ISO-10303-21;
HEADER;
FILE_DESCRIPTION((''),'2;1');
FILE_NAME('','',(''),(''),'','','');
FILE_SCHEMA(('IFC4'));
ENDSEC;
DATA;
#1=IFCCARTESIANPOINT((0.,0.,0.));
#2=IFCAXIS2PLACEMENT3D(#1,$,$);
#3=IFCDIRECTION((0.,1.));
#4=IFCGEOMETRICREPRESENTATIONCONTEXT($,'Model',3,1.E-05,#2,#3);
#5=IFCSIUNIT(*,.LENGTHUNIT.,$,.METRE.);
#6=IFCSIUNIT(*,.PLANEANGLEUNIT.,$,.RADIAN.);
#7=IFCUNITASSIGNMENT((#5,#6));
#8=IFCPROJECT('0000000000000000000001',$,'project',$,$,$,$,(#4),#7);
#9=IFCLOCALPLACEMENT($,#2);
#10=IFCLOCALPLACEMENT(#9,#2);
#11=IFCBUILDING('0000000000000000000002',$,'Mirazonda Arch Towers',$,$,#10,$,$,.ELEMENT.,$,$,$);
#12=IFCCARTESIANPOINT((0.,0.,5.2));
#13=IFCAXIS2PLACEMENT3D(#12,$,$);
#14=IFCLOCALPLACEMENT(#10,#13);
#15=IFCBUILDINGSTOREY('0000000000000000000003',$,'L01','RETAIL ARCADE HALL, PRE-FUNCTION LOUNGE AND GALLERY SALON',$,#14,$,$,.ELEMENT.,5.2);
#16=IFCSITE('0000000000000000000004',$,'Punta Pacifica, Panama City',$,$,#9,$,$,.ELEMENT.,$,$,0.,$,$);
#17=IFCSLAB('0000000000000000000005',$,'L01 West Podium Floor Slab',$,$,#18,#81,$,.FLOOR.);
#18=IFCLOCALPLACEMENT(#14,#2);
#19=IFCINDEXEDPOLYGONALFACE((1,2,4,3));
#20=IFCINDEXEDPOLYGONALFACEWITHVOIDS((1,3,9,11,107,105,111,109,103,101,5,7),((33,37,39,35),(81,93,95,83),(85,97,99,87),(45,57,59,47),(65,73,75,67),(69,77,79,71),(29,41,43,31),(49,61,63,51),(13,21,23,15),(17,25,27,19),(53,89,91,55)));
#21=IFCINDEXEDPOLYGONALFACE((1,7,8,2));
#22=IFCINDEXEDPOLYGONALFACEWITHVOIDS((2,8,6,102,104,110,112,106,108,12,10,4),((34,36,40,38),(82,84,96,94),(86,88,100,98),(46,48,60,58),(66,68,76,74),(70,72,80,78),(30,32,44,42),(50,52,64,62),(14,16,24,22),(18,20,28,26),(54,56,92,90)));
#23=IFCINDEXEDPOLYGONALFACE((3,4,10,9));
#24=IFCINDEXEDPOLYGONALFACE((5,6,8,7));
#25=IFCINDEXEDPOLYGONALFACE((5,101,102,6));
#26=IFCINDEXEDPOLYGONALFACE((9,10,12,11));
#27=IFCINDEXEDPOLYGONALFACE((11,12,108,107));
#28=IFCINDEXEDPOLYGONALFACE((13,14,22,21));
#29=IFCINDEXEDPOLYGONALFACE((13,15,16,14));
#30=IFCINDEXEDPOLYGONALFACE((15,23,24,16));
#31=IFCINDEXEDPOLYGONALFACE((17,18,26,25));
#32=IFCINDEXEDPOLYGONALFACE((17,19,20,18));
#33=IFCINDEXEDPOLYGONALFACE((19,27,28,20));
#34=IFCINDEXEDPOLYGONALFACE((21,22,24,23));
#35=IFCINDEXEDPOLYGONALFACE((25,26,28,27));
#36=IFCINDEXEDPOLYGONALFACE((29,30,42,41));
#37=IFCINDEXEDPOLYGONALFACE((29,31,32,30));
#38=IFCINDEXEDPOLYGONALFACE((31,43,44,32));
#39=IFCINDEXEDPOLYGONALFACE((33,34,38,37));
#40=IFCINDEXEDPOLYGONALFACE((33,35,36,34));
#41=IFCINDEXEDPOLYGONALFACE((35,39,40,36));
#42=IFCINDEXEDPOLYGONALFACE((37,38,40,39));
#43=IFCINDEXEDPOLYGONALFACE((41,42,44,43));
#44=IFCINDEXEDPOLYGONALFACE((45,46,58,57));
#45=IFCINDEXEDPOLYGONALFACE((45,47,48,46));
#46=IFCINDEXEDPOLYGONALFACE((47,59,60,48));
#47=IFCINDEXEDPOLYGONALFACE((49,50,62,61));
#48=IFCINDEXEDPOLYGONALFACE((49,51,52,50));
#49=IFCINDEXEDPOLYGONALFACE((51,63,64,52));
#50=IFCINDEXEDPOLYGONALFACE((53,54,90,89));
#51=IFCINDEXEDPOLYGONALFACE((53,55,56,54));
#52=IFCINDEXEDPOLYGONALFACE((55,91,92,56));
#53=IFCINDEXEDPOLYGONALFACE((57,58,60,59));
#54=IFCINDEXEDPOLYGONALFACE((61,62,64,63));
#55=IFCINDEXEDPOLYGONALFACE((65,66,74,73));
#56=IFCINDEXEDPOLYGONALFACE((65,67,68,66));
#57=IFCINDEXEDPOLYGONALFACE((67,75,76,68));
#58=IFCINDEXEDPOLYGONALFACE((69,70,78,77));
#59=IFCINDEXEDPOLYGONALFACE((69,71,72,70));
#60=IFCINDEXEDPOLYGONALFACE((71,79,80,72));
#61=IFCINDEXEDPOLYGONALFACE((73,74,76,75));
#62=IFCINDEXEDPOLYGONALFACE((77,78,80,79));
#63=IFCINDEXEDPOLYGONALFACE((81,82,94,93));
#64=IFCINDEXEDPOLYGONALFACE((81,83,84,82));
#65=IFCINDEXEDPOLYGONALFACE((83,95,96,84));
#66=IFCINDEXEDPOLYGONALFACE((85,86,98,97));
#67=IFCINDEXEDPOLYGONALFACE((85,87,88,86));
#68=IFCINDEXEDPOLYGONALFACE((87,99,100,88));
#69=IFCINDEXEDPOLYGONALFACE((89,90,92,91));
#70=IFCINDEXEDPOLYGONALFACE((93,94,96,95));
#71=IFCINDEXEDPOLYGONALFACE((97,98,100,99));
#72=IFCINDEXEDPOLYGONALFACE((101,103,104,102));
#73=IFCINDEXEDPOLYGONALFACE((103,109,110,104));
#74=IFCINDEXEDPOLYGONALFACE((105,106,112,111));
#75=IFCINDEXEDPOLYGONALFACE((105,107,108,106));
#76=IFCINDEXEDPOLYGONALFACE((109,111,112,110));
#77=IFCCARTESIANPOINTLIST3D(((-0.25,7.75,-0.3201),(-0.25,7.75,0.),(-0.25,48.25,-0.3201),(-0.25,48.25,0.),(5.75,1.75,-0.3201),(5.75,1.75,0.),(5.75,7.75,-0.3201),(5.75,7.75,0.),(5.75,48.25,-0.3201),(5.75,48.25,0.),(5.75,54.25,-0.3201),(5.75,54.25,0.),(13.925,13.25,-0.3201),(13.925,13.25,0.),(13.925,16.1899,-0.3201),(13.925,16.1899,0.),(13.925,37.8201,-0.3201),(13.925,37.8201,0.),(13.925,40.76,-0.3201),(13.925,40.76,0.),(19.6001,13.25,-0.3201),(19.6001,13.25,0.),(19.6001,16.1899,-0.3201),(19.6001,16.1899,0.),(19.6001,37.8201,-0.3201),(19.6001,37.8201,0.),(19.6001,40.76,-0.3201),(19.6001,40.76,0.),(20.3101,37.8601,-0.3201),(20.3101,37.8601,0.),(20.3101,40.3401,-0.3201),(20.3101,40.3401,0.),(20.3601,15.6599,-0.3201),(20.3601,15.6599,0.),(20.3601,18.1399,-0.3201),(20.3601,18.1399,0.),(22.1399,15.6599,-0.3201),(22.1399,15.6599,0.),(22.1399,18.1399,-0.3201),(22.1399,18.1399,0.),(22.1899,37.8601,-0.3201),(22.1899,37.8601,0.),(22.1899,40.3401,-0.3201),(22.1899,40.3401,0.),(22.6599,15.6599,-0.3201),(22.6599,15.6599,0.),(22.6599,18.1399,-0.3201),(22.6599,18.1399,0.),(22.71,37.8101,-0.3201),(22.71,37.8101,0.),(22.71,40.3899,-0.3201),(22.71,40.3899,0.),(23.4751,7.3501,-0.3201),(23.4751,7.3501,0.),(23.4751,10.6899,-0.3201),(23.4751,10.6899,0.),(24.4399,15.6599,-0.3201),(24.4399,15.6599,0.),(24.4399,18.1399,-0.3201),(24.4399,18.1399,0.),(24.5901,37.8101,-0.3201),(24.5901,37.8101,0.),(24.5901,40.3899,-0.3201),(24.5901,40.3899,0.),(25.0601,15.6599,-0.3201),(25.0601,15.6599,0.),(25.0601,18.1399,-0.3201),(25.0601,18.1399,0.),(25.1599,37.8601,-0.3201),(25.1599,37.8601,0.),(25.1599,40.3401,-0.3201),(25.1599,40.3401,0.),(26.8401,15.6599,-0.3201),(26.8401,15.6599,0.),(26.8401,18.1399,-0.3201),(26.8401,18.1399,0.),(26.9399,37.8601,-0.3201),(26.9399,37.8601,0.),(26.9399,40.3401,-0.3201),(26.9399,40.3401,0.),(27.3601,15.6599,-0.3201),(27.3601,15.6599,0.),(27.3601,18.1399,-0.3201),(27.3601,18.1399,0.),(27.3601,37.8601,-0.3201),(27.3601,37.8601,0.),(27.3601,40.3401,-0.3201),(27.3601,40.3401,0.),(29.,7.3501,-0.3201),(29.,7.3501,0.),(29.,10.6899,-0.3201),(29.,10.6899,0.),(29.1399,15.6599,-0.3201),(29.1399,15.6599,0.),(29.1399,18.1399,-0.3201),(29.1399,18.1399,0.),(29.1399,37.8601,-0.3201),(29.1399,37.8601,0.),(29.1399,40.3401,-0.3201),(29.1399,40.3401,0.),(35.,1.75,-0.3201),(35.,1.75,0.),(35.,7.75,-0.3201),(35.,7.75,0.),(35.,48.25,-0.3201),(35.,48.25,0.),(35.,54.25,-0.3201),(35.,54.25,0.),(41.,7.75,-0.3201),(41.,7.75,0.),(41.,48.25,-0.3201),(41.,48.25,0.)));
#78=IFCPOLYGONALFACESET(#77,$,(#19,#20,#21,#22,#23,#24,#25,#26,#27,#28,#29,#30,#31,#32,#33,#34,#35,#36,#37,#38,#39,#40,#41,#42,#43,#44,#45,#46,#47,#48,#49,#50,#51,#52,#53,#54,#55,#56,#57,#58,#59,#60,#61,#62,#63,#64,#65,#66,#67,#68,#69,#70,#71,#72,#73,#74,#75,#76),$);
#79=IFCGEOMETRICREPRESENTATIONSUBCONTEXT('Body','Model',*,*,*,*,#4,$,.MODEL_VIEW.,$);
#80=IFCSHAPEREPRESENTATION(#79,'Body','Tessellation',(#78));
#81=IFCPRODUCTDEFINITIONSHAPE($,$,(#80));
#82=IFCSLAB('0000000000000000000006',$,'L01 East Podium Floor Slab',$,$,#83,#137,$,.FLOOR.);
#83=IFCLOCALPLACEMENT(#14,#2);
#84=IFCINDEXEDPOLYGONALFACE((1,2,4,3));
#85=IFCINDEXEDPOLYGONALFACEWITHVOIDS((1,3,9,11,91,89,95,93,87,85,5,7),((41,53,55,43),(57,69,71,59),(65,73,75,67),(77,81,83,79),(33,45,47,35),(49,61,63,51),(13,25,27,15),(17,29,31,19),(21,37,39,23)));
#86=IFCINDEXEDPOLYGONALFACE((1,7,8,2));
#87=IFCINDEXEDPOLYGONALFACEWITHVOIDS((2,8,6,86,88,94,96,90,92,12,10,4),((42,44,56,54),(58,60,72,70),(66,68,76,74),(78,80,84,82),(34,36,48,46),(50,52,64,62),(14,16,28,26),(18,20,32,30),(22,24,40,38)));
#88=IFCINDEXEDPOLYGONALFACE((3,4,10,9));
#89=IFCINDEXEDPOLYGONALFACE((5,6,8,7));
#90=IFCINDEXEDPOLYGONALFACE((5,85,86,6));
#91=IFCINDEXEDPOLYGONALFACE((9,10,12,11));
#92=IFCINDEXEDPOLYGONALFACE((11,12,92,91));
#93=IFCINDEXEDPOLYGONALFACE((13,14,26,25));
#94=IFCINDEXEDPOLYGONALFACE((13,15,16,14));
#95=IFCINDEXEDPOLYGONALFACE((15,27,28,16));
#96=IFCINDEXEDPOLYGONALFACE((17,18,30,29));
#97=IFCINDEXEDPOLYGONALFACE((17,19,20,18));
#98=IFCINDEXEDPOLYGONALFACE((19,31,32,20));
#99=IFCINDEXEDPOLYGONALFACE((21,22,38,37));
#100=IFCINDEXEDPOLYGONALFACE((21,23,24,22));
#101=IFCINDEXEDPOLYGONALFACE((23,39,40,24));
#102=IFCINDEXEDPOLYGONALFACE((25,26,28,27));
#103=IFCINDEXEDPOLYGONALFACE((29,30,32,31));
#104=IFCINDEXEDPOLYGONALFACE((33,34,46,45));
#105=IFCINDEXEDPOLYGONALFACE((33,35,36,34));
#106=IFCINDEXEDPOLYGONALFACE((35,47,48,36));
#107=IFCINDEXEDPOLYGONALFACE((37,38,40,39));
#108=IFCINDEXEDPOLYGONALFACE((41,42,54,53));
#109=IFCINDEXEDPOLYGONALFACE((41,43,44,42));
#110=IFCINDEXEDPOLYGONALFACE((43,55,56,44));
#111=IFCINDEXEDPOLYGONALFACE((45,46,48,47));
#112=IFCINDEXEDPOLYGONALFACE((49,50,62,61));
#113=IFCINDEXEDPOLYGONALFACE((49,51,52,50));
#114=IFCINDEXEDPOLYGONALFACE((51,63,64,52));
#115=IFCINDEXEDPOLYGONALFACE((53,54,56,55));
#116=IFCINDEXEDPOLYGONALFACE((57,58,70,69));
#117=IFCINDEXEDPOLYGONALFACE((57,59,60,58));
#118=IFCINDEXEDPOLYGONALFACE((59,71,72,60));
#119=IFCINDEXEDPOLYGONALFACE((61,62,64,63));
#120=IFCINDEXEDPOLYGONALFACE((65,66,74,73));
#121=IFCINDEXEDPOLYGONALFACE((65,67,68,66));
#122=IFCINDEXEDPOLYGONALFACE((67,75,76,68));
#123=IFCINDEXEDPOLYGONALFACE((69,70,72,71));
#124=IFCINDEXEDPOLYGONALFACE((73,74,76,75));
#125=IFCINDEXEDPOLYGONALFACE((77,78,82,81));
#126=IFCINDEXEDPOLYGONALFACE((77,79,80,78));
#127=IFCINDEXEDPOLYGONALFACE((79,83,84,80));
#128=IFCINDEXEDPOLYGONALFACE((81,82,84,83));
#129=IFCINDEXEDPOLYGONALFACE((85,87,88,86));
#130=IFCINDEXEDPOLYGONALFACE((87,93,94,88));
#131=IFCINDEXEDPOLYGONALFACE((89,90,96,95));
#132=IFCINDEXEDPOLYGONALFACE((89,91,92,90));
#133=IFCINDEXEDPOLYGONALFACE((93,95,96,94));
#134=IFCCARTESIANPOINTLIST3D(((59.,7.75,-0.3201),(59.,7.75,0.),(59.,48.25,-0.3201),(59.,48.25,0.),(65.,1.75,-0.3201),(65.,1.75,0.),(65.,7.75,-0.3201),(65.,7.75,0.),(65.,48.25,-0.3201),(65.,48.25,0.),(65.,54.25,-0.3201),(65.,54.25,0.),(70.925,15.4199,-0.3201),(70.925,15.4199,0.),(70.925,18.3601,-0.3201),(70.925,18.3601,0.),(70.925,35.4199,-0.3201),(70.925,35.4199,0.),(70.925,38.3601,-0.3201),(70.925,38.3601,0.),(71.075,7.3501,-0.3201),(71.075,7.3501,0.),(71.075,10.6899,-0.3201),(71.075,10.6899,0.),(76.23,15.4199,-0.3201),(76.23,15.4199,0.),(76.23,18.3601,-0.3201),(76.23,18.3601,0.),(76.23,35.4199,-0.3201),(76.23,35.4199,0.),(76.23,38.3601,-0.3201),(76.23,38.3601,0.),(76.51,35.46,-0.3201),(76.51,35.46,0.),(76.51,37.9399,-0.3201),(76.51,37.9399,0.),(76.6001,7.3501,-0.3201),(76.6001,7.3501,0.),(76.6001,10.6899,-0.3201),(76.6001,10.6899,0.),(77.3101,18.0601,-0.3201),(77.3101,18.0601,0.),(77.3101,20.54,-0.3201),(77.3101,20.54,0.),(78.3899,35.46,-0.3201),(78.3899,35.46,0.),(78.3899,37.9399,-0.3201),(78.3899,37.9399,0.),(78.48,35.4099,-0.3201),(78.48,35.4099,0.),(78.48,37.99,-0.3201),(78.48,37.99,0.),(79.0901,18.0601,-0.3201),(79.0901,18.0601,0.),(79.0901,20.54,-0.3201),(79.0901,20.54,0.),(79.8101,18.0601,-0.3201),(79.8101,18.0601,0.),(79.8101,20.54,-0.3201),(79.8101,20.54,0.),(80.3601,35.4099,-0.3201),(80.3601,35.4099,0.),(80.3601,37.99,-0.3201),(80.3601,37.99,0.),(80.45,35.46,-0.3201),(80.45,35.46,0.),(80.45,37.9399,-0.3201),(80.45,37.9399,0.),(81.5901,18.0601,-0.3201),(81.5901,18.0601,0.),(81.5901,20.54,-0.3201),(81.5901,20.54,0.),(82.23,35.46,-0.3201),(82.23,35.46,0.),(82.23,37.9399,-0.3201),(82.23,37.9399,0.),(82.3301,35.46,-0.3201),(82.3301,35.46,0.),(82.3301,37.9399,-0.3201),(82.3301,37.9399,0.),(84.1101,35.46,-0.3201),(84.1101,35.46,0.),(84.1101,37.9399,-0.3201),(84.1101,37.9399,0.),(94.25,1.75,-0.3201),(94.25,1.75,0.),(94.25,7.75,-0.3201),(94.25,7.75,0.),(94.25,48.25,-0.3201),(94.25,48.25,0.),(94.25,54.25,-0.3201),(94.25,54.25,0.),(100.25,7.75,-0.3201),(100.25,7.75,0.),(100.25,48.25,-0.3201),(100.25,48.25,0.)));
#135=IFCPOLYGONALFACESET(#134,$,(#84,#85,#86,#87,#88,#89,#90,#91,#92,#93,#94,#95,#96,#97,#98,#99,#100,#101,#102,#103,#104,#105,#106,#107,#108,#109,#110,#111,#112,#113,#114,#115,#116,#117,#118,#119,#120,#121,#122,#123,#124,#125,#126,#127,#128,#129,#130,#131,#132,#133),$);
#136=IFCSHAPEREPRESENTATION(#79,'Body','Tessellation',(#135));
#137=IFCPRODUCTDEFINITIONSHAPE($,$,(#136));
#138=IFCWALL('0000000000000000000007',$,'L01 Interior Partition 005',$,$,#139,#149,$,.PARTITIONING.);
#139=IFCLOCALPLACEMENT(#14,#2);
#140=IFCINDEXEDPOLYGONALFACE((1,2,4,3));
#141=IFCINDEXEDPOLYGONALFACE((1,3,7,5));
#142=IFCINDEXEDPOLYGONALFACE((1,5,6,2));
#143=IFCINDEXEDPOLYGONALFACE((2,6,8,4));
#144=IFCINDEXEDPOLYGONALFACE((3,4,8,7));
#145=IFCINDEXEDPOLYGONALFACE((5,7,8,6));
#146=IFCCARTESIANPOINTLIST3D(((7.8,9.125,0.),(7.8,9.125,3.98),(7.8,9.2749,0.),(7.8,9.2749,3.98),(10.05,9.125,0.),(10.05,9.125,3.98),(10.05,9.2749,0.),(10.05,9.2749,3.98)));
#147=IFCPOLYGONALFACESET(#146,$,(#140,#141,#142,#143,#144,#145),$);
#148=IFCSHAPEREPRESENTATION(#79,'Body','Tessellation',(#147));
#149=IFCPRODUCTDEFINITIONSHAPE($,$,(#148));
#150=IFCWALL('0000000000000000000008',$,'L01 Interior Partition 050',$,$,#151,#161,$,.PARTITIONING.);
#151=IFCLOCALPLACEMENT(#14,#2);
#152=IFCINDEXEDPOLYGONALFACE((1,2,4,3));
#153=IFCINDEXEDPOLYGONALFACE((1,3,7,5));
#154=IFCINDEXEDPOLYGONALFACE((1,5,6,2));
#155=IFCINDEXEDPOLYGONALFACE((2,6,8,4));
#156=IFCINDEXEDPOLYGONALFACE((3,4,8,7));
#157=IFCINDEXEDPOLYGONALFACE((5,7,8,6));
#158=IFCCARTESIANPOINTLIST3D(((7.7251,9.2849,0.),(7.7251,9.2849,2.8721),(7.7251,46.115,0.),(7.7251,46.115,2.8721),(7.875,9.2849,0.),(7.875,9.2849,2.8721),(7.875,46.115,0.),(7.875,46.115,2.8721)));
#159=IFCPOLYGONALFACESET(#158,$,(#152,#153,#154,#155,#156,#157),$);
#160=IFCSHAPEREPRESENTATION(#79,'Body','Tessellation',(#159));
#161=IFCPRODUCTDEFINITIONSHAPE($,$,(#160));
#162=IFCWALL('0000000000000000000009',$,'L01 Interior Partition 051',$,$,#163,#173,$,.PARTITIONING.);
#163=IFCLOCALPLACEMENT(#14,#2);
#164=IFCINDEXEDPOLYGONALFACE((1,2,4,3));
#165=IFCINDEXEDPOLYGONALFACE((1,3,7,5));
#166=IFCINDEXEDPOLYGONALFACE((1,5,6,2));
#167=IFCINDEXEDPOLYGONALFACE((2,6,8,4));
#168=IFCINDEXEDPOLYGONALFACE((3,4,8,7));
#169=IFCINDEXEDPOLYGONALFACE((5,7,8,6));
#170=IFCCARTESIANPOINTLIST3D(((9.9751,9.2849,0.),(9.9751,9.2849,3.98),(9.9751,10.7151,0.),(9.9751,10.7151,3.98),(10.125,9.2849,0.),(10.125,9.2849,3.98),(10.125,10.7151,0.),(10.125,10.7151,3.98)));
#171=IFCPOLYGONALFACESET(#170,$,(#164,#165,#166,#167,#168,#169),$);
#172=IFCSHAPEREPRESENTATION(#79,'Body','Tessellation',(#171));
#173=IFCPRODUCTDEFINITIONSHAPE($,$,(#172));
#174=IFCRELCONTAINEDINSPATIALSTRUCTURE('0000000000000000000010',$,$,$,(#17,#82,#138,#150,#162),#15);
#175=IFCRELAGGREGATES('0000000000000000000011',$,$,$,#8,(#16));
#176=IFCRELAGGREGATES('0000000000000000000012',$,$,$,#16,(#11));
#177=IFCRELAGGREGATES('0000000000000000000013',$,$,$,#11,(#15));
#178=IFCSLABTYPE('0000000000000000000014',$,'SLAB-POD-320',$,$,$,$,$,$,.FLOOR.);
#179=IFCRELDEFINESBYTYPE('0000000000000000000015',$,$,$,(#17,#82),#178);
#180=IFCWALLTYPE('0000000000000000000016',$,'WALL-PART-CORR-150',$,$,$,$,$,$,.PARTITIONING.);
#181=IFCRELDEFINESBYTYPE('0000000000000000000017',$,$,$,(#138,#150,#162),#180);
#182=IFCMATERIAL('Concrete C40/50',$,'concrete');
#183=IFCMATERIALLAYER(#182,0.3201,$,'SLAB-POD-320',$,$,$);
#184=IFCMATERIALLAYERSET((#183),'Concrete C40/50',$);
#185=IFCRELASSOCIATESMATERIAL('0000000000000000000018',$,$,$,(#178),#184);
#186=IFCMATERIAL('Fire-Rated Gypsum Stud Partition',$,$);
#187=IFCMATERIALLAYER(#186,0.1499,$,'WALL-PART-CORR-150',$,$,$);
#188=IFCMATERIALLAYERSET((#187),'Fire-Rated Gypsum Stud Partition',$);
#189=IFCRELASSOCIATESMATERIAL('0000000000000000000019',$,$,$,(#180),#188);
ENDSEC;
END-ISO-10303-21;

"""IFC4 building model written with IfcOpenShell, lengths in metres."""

from ifc_helpers import new_model, si_unit, direction, frame, frame_2d, origin, place, context, subcontext, project, spatial, polyline, rectangle, outline, extrude, material, layer, layer_set, type_object, element, save


model = new_model("IFC4")

# Units and contexts
model_context = context("Model", 3, precision=1e-05, world=origin(), true_north=direction((0.0, 1.0)))
body_context = subcontext(model_context, "Body", "Model", "MODEL_VIEW")
ifc_project = project(units=[si_unit("LENGTHUNIT", "METRE"), si_unit("PLANEANGLEUNIT", "RADIAN")], contexts=[model_context])

# Site, building, storey
site_placement = place(None, origin())
site = spatial("IfcSite", under=ifc_project, at=site_placement, Name="Punta Pacifica, Panama City", CompositionType="ELEMENT", RefElevation=0.0)
building_placement = place(site_placement, origin())
building = spatial("IfcBuilding", under=site, at=building_placement, Name="Mirazonda Arch Towers", CompositionType="ELEMENT")
storey_placement = place(building_placement, frame((0.0, 0.0, 5.2)))
storey = spatial("IfcBuildingStorey", under=building, at=storey_placement, Name="L01", Description="RETAIL ARCADE HALL, PRE-FUNCTION LOUNGE AND GALLERY SALON", CompositionType="ELEMENT", Elevation=5.2)

# Shared definitions
ifc_material_1 = material(Name="Concrete C40/50", Category="concrete")

# Slabs
ifc_layer_1 = layer(ifc_material_1, 0.3201, Name="SLAB-POD-320")
ifc_layer_set_1 = layer_set([ifc_layer_1], Name="Concrete C40/50")
slab_type_1 = type_object("IfcSlabType", Name="SLAB-POD-320", PredefinedType="FLOOR", material=ifc_layer_set_1)
slab_1_placement = place(storey_placement, frame((0.0, 0.0, -0.3201)))
element("IfcSlab", 1, at=slab_1_placement, inside=storey, type_object=slab_type_1, Name="L01 West Podium Floor Slab", PredefinedType="FLOOR", context=body_context, shape_type="SweptSolid", body=[
    extrude(outline(polyline([(5.75, 1.75), (35.0, 1.75), (35.0, 7.75), (41.0, 7.75), (41.0, 48.25), (35.0, 48.25), (35.0, 54.25), (5.75, 54.25), (5.75, 48.25), (-0.25, 48.25), (-0.25, 7.75), (5.75, 7.75), (5.75, 1.75)]), holes=[polyline([(27.3601, 18.1399), (29.1399, 18.1399), (29.1399, 15.6599), (27.3601, 15.6599), (27.3601, 18.1399)]), polyline([(29.1399, 40.3401), (29.1399, 37.8601), (27.3601, 37.8601), (27.3601, 40.3401), (29.1399, 40.3401)]), polyline([(23.4751, 10.6899), (29.0, 10.6899), (29.0, 7.3501), (23.4751, 7.3501), (23.4751, 10.6899)]), polyline([(26.9399, 40.3401), (26.9399, 37.8601), (25.1599, 37.8601), (25.1599, 40.3401), (26.9399, 40.3401)]), polyline([(26.8401, 18.1399), (26.8401, 15.6599), (25.0601, 15.6599), (25.0601, 18.1399), (26.8401, 18.1399)]), polyline([(24.5901, 40.3899), (24.5901, 37.8101), (22.71, 37.8101), (22.71, 40.3899), (24.5901, 40.3899)]), polyline([(22.6599, 18.1399), (24.4399, 18.1399), (24.4399, 15.6599), (22.6599, 15.6599), (22.6599, 18.1399)]), polyline([(22.1899, 40.3401), (22.1899, 37.8601), (20.3101, 37.8601), (20.3101, 40.3401), (22.1899, 40.3401)]), polyline([(20.3601, 18.1399), (22.1399, 18.1399), (22.1399, 15.6599), (20.3601, 15.6599), (20.3601, 18.1399)]), polyline([(13.925, 13.25), (13.925, 16.1899), (19.6001, 16.1899), (19.6001, 13.25), (13.925, 13.25)]), polyline([(13.925, 37.8201), (13.925, 40.76), (19.6001, 40.76), (19.6001, 37.8201), (13.925, 37.8201)])]), origin(), (0.0, 0.0, 1.0), 0.3201),
])
slab_2_placement = place(storey_placement, frame((0.0, 0.0, -0.3201)))
element("IfcSlab", 2, at=slab_2_placement, inside=storey, type_object=slab_type_1, Name="L01 East Podium Floor Slab", PredefinedType="FLOOR", context=body_context, shape_type="SweptSolid", body=[
    extrude(outline(polyline([(65.0, 1.75), (94.25, 1.75), (94.25, 7.75), (100.25, 7.75), (100.25, 48.25), (94.25, 48.25), (94.25, 54.25), (65.0, 54.25), (65.0, 48.25), (59.0, 48.25), (59.0, 7.75), (65.0, 7.75), (65.0, 1.75)]), holes=[polyline([(84.1101, 37.9399), (84.1101, 35.46), (82.3301, 35.46), (82.3301, 37.9399), (84.1101, 37.9399)]), polyline([(80.45, 37.9399), (82.23, 37.9399), (82.23, 35.46), (80.45, 35.46), (80.45, 37.9399)]), polyline([(79.8101, 20.54), (81.5901, 20.54), (81.5901, 18.0601), (79.8101, 18.0601), (79.8101, 20.54)]), polyline([(78.48, 37.99), (80.3601, 37.99), (80.3601, 35.4099), (78.48, 35.4099), (78.48, 37.99)]), polyline([(77.3101, 20.54), (79.0901, 20.54), (79.0901, 18.0601), (77.3101, 18.0601), (77.3101, 20.54)]), polyline([(76.51, 37.9399), (78.3899, 37.9399), (78.3899, 35.46), (76.51, 35.46), (76.51, 37.9399)]), polyline([(71.075, 7.3501), (71.075, 10.6899), (76.6001, 10.6899), (76.6001, 7.3501), (71.075, 7.3501)]), polyline([(70.925, 38.3601), (76.23, 38.3601), (76.23, 35.4199), (70.925, 35.4199), (70.925, 38.3601)]), polyline([(70.925, 15.4199), (70.925, 18.3601), (76.23, 18.3601), (76.23, 15.4199), (70.925, 15.4199)])]), origin(), (0.0, 0.0, 1.0), 0.3201),
])

# Walls
ifc_material_2 = material(Name="Fire-Rated Gypsum Stud Partition")
ifc_layer_2 = layer(ifc_material_2, 0.1499, Name="WALL-PART-CORR-150")
ifc_layer_set_2 = layer_set([ifc_layer_2], Name="Fire-Rated Gypsum Stud Partition")
wall_type = type_object("IfcWallType", Name="WALL-PART-CORR-150", PredefinedType="PARTITIONING", material=ifc_layer_set_2)
wall_1_placement = place(storey_placement, frame((7.8, 9.2, 0.0), z_axis=(0.0, 0.0, 1.0), x_axis=(1.0, 0.0, 0.0)))
element("IfcWall", 3, at=wall_1_placement, inside=storey, type_object=wall_type, Name="L01 Interior Partition 005", PredefinedType="PARTITIONING", context=body_context, shape_type="SweptSolid", body=[
    extrude(rectangle(XDim=2.25, YDim=0.1499, at=frame_2d((1.125, 0.0))), origin(), (0.0, 0.0, 1.0), 3.98),
])
wall_2_placement = place(storey_placement, frame((7.8, 9.2849, 0.0), z_axis=(0.0, 0.0, 1.0), x_axis=(0.0, 1.0, 0.0)))
element("IfcWall", 4, at=wall_2_placement, inside=storey, type_object=wall_type, Name="L01 Interior Partition 050", PredefinedType="PARTITIONING", context=body_context, shape_type="SweptSolid", body=[
    extrude(rectangle(XDim=36.8301, YDim=0.1499, at=frame_2d((18.415, 0.0))), origin(), (0.0, 0.0, 1.0), 2.8721),
])
wall_3_placement = place(storey_placement, frame((10.05, 9.2849, 0.0), z_axis=(0.0, 0.0, 1.0), x_axis=(0.0, 1.0, 0.0)))
element("IfcWall", 5, at=wall_3_placement, inside=storey, type_object=wall_type, Name="L01 Interior Partition 051", PredefinedType="PARTITIONING", context=body_context, shape_type="SweptSolid", body=[
    extrude(rectangle(XDim=1.4302, YDim=0.1499, at=frame_2d((0.7151, 0.0))), origin(), (0.0, 0.0, 1.0), 3.98),
])

save(model, "model.ifc")
